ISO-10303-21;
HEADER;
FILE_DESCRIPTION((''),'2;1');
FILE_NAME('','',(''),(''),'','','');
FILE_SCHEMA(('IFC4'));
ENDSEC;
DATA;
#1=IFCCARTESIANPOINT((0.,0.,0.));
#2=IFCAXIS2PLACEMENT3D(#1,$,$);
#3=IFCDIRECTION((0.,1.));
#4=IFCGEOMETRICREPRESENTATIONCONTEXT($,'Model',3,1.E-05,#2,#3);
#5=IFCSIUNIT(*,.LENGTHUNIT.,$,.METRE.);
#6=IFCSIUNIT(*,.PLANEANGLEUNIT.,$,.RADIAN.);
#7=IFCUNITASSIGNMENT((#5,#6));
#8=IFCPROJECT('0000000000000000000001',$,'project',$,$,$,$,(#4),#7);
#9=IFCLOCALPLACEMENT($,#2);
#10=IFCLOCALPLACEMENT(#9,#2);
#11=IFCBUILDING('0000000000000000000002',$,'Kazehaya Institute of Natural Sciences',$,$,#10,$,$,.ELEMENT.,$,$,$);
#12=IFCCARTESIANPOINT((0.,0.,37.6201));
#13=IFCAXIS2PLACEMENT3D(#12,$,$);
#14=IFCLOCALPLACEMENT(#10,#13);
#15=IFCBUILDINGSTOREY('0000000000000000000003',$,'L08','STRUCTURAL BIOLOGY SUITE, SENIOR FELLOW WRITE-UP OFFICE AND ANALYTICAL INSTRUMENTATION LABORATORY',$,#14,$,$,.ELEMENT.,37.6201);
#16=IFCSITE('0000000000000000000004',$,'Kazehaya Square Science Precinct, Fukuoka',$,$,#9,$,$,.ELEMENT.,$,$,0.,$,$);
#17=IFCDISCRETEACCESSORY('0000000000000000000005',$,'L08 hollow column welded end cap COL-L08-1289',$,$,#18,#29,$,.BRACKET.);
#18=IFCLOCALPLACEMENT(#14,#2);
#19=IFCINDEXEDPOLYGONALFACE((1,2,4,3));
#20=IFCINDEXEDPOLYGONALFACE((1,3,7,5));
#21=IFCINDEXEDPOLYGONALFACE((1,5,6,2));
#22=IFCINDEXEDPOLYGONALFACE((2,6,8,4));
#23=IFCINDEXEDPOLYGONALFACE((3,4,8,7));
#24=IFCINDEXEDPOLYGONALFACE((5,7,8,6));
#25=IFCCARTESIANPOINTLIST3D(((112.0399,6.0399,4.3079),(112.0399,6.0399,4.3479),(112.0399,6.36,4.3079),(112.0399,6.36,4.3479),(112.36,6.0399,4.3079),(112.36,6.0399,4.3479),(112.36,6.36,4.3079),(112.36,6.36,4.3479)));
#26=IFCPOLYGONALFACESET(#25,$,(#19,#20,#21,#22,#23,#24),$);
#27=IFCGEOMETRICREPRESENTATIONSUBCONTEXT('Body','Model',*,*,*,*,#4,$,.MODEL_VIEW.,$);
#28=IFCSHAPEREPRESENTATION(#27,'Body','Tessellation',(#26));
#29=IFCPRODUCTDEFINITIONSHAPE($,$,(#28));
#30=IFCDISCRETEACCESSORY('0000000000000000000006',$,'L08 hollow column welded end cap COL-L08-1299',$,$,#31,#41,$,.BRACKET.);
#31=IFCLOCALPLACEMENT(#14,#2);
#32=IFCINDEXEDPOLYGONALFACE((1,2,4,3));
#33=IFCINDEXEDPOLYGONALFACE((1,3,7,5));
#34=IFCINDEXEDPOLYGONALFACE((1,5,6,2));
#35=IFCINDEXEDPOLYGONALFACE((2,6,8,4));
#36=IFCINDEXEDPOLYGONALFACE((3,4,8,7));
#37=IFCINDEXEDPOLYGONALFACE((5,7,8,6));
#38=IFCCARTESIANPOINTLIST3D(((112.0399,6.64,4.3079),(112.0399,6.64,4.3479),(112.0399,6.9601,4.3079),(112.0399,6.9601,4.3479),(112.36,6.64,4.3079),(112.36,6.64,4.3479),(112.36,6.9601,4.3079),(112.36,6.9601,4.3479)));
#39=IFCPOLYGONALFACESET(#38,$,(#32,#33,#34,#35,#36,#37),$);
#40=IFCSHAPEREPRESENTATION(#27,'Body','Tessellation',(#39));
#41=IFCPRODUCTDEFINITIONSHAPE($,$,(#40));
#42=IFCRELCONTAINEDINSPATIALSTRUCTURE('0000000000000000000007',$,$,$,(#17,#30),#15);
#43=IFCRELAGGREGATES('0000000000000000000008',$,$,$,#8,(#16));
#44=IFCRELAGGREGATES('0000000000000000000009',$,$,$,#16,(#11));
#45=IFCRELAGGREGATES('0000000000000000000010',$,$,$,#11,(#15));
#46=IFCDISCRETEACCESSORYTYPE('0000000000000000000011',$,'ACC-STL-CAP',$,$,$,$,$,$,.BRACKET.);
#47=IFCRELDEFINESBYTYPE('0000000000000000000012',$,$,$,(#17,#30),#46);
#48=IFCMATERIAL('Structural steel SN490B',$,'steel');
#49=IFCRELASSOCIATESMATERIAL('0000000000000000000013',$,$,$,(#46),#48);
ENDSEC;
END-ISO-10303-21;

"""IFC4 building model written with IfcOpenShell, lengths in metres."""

from ifc_helpers import new_model, si_unit, direction, frame, origin, origin_2d, place, context, subcontext, project, spatial, rectangle, extrude, material, type_object, element, save


model = new_model("IFC4")

# Units and contexts
model_context = context("Model", 3, precision=1e-05, world=origin(), true_north=direction((0.0, 1.0)))
body_context = subcontext(model_context, "Body", "Model", "MODEL_VIEW")
ifc_project = project(units=[si_unit("LENGTHUNIT", "METRE"), si_unit("PLANEANGLEUNIT", "RADIAN")], contexts=[model_context])

# Site, building, storey
site_placement = place(None, origin())
site = spatial("IfcSite", under=ifc_project, at=site_placement, Name="Kazehaya Square Science Precinct, Fukuoka", CompositionType="ELEMENT", RefElevation=0.0)
building_placement = place(site_placement, origin())
building = spatial("IfcBuilding", under=site, at=building_placement, Name="Kazehaya Institute of Natural Sciences", CompositionType="ELEMENT")
storey_placement = place(building_placement, frame((0.0, 0.0, 37.6201)))
storey = spatial("IfcBuildingStorey", under=building, at=storey_placement, Name="L08", Description="STRUCTURAL BIOLOGY SUITE, SENIOR FELLOW WRITE-UP OFFICE AND ANALYTICAL INSTRUMENTATION LABORATORY", CompositionType="ELEMENT", Elevation=37.6201)

# Discrete accessories
ifc_material_1 = material(Name="Structural steel SN490B", Category="steel")
discrete_accessory_type_1 = type_object("IfcDiscreteAccessoryType", Name="ACC-STL-CAP", PredefinedType="BRACKET", material=ifc_material_1)
for number, where, z_axis, x_axis, name in (
    (1, (112.2, 6.2, 4.3079), (0.0, 0.0, 1.0), (1.0, 0.0, 0.0), "L08 hollow column welded end cap COL-L08-1289"),
    (2, (112.2, 6.8, 4.3079), (0.0, 0.0, 1.0), (1.0, 0.0, 0.0), "L08 hollow column welded end cap COL-L08-1299"),
):
    element("IfcDiscreteAccessory", number, at=place(storey_placement, frame(where, z_axis=z_axis, x_axis=x_axis)), inside=storey, type_object=discrete_accessory_type_1, Name=name, PredefinedType="BRACKET", context=body_context, shape_type="SweptSolid", body=[
        extrude(rectangle(XDim=0.3201, YDim=0.3201, at=origin_2d()), origin(), (0.0, 0.0, 1.0), 0.04),
    ])

save(model, "model.ifc")
